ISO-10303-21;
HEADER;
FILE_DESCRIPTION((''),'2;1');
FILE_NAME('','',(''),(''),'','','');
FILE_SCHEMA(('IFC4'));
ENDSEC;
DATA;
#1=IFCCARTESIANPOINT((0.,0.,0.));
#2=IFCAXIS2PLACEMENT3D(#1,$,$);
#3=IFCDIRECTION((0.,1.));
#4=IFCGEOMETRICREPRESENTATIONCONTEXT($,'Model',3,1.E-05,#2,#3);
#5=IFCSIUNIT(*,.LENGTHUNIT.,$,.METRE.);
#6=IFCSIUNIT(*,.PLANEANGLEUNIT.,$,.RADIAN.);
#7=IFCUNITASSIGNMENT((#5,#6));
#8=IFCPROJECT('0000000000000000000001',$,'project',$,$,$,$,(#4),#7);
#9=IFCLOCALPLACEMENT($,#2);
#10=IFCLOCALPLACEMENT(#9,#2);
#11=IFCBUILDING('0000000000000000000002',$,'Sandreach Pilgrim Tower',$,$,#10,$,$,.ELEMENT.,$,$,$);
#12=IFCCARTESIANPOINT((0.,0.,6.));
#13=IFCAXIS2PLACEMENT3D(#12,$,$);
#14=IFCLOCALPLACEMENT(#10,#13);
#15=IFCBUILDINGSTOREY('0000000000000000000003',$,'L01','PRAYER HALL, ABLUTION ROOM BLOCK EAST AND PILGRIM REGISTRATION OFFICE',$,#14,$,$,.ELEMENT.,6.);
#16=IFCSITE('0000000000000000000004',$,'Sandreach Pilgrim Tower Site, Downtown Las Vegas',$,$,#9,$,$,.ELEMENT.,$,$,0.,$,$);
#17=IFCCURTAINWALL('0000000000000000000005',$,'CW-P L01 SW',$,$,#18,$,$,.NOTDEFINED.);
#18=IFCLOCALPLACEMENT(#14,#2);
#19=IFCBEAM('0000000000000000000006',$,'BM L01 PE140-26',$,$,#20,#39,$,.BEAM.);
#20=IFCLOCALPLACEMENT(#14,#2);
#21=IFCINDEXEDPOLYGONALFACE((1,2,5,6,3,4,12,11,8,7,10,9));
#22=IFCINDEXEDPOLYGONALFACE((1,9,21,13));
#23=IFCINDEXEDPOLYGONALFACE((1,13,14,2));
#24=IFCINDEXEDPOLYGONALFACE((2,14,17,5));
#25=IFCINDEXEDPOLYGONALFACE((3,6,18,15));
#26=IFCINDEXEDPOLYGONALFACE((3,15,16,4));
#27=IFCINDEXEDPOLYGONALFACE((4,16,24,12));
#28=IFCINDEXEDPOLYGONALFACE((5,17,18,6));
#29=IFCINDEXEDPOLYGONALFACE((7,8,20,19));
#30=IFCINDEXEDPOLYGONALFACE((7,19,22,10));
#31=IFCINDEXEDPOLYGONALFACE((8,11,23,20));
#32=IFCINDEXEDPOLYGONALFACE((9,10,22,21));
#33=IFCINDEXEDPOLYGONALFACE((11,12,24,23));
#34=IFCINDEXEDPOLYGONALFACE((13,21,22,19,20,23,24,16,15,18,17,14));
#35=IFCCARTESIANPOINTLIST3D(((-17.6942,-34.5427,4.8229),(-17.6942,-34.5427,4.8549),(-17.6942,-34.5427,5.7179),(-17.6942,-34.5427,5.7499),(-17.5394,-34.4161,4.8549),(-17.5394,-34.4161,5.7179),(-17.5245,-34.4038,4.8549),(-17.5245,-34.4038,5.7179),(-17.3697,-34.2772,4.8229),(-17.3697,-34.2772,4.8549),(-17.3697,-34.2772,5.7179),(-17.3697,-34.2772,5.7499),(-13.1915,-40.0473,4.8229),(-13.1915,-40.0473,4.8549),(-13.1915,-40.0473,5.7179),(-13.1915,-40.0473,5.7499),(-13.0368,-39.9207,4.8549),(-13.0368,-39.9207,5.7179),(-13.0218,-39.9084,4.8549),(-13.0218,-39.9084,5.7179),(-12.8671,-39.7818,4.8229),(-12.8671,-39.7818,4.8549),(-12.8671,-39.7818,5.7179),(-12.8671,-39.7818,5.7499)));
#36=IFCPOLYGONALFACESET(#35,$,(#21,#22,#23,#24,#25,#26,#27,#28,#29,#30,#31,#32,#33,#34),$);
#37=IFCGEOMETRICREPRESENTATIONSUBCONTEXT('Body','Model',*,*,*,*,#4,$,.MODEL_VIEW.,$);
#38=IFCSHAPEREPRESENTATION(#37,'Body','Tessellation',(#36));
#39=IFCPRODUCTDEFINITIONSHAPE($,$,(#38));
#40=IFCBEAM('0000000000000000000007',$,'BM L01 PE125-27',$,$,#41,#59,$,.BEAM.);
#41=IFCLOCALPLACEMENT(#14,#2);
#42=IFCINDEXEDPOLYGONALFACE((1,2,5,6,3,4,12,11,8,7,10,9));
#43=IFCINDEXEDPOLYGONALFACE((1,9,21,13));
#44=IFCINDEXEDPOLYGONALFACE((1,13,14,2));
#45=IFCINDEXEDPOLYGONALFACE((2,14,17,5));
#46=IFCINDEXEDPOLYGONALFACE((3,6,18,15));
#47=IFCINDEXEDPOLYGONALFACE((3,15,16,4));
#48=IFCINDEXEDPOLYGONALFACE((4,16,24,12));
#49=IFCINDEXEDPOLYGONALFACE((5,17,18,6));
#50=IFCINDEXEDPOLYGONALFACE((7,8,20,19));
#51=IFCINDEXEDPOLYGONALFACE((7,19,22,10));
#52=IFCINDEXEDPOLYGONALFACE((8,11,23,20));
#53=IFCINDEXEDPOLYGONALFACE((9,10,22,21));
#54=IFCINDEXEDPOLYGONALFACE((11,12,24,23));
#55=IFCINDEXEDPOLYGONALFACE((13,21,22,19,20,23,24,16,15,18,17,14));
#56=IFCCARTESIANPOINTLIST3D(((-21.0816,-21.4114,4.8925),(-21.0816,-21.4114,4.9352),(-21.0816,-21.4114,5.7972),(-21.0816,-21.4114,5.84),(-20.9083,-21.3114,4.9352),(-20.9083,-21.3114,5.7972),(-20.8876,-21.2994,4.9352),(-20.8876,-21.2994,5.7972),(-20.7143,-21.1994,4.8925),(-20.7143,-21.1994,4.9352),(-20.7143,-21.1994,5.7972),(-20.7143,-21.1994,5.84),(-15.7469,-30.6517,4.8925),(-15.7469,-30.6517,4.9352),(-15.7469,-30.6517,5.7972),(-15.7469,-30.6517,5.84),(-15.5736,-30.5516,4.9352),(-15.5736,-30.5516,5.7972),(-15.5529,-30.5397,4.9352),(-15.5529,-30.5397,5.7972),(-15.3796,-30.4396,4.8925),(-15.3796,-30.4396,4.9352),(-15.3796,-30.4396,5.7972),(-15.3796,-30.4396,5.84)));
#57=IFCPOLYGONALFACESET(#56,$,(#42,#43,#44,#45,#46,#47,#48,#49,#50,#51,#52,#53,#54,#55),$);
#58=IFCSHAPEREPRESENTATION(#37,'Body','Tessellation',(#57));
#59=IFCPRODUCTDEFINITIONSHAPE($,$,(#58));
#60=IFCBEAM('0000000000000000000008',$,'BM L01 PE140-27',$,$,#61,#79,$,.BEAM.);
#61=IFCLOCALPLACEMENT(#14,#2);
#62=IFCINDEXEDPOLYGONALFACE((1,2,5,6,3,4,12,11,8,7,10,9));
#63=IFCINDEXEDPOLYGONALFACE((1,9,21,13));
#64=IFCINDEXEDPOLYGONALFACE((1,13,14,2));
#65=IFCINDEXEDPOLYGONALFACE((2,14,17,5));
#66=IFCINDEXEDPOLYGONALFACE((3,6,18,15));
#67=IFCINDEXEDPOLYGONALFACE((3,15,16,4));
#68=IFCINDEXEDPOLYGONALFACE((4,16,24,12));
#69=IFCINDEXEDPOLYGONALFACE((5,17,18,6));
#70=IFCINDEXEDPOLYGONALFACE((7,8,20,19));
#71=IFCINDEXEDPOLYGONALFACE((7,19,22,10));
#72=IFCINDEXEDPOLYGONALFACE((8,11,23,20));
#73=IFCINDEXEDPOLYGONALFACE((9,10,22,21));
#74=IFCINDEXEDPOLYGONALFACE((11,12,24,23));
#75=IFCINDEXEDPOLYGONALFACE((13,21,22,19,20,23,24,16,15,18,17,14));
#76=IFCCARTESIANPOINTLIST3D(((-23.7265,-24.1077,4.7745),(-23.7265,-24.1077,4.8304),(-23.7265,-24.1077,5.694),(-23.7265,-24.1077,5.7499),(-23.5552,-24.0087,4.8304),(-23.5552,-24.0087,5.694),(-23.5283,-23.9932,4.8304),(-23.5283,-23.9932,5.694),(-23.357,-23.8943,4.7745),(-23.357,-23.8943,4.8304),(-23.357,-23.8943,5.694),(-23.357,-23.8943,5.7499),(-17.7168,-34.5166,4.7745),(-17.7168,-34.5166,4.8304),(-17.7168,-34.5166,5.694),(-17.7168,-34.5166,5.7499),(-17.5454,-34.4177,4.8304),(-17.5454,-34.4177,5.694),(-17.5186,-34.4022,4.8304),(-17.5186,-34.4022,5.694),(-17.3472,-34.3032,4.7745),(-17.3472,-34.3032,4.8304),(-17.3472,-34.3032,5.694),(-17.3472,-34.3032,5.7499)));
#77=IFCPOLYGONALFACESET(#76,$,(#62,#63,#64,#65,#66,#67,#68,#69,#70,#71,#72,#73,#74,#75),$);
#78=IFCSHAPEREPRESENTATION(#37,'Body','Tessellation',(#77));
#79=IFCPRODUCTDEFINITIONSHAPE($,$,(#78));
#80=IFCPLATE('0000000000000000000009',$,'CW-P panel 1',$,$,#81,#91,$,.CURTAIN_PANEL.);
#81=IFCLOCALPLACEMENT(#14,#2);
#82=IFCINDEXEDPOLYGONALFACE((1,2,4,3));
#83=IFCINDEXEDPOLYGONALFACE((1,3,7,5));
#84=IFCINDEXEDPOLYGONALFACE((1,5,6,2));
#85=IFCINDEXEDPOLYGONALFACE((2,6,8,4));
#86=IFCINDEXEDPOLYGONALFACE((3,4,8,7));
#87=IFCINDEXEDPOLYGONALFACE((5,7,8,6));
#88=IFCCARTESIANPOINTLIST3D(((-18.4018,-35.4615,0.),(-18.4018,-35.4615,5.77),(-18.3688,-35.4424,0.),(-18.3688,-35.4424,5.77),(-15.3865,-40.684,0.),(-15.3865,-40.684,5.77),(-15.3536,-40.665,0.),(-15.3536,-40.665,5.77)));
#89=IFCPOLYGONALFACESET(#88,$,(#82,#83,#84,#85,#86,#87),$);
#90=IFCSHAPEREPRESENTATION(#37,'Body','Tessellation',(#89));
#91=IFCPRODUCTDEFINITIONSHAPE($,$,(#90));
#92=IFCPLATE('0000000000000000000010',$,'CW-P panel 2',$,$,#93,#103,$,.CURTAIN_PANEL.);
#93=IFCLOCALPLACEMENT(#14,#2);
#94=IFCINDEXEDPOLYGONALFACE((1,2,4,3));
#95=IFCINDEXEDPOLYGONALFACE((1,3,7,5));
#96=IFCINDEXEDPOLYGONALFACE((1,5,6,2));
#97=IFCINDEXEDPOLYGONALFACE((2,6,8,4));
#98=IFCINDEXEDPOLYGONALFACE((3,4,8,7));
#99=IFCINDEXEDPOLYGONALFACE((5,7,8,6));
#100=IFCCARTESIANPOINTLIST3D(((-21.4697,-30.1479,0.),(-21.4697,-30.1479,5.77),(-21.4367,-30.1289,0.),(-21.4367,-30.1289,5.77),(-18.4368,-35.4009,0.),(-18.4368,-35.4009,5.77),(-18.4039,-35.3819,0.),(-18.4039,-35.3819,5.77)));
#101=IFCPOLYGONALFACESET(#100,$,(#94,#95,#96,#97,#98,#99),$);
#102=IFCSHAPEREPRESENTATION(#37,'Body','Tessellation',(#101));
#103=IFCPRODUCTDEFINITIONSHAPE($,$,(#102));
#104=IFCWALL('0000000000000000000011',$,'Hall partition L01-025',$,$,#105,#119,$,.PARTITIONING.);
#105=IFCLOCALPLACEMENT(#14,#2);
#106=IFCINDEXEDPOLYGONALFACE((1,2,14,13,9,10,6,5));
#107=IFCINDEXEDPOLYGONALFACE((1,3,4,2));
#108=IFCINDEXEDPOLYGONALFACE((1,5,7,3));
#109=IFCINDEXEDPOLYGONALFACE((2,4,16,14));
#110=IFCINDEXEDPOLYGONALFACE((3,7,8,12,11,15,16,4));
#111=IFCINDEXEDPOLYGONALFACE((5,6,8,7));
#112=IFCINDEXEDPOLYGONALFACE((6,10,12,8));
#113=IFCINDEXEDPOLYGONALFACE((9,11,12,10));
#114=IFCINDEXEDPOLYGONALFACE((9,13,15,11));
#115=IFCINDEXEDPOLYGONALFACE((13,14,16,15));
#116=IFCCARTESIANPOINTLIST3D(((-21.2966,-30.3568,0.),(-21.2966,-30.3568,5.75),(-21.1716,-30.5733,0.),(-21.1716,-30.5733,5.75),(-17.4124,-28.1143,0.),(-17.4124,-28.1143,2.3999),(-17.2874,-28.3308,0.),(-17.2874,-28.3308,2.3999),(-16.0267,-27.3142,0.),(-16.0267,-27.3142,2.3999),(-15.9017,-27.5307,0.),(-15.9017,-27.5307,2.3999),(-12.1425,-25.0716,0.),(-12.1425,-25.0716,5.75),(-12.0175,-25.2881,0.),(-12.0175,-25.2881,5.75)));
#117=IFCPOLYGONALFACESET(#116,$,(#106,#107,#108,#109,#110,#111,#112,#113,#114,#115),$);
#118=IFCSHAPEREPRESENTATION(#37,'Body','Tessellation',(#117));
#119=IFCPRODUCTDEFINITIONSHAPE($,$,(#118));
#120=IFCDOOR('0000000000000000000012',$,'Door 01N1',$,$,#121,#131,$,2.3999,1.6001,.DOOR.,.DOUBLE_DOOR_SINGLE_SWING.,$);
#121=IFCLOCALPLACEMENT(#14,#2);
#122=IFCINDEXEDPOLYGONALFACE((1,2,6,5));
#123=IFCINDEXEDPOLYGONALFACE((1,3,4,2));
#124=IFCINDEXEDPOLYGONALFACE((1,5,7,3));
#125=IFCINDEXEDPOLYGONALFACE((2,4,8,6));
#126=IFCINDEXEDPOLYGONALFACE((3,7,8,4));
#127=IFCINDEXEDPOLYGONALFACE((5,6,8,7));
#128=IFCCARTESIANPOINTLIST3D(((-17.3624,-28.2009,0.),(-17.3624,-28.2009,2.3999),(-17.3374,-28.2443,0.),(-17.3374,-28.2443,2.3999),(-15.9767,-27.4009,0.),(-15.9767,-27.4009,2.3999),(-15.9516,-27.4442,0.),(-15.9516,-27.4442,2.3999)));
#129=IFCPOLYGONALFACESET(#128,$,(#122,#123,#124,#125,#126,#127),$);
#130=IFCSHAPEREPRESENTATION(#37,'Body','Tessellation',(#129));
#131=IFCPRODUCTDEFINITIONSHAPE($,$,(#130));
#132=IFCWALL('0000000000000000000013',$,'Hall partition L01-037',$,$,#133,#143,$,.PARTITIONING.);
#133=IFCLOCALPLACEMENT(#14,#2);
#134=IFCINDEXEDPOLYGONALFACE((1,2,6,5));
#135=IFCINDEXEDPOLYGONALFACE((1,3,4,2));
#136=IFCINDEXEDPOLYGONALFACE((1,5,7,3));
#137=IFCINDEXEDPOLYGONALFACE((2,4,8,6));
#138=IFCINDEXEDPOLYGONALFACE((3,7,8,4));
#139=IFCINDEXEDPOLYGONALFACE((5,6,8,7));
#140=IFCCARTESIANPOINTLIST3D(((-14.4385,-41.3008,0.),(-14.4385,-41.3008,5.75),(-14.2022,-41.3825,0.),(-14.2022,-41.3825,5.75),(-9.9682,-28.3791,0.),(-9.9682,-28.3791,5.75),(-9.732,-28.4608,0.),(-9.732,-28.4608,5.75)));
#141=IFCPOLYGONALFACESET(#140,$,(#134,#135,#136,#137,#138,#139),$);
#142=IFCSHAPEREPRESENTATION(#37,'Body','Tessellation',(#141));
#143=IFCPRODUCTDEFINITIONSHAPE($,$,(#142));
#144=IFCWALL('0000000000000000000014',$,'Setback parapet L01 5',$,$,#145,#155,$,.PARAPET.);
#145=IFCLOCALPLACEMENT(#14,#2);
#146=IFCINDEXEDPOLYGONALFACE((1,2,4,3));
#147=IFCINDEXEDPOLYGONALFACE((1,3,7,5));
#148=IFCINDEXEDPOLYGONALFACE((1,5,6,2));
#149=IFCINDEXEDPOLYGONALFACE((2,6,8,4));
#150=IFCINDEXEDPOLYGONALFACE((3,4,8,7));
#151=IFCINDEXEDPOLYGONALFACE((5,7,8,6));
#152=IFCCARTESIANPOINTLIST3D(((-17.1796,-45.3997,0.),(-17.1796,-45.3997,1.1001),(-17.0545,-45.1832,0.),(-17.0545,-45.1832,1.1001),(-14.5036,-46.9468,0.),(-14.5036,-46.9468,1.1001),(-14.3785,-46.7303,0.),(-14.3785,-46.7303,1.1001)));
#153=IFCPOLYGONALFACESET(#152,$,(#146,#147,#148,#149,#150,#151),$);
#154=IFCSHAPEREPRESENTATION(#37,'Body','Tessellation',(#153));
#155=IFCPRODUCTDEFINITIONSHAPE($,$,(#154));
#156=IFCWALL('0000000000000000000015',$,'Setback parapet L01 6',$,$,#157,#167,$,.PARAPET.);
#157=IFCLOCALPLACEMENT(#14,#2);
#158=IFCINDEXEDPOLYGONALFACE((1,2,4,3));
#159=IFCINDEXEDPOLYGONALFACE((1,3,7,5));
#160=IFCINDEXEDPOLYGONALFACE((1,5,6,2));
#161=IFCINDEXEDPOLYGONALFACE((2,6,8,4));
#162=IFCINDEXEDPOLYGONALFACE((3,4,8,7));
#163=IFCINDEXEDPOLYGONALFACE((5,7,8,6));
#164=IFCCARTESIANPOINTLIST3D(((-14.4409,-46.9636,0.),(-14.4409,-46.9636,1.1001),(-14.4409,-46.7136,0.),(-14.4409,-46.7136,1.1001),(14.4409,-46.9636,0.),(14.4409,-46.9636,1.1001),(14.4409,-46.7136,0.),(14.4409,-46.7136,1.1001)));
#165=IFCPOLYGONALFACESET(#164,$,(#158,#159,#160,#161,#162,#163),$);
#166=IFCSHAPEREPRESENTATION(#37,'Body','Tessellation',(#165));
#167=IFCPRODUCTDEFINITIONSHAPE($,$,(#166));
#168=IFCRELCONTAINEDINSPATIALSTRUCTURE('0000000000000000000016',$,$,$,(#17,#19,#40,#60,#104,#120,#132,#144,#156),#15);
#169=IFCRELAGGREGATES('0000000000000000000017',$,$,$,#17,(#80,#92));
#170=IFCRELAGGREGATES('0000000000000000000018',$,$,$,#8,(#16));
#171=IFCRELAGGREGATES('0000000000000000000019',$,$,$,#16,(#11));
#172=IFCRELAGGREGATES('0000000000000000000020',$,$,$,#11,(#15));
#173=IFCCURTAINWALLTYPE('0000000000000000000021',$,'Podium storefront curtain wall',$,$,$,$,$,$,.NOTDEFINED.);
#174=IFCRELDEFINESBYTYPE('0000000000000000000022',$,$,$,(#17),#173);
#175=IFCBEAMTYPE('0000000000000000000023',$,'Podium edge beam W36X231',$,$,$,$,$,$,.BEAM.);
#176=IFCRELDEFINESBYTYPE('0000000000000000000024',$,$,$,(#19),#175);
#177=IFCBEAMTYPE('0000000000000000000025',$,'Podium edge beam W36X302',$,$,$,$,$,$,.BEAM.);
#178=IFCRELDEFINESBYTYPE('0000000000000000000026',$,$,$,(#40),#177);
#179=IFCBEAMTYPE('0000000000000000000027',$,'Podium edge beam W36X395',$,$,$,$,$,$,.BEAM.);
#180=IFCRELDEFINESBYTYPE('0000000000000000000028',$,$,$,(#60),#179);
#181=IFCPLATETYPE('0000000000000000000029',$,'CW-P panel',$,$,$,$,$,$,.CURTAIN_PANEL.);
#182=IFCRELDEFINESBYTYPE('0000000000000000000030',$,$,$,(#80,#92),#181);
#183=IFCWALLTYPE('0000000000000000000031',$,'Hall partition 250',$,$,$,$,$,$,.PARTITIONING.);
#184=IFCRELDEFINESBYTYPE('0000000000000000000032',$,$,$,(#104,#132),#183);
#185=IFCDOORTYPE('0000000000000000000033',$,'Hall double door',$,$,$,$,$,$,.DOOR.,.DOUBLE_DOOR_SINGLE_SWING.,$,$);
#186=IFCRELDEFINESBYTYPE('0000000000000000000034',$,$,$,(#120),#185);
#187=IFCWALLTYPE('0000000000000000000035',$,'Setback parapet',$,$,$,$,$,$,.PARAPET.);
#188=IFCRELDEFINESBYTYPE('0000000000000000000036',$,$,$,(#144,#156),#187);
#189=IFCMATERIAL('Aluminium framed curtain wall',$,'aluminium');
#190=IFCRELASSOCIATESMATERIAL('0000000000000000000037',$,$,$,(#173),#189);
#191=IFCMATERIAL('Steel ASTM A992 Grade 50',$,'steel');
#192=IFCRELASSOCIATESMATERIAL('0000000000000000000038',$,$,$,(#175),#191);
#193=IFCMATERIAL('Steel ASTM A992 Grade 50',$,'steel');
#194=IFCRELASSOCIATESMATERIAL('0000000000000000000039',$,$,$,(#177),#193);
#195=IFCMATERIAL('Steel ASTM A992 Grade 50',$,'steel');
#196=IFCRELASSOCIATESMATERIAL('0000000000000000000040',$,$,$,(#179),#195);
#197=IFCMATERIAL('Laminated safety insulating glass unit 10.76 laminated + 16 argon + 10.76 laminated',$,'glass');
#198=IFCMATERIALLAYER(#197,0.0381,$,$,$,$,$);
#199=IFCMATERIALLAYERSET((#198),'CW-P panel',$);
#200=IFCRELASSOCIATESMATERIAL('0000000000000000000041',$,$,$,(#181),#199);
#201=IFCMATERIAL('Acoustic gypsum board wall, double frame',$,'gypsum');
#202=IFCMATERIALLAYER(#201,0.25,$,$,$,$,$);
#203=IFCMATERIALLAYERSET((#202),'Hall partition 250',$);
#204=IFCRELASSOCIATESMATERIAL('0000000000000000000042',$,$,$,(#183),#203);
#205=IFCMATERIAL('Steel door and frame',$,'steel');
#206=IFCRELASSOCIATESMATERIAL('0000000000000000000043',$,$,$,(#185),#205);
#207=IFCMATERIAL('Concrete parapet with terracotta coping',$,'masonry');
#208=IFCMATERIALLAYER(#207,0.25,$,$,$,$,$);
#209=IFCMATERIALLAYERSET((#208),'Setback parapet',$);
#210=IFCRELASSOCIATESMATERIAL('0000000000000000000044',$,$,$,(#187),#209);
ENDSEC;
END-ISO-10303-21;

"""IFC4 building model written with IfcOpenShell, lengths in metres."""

from ifc_helpers import new_model, si_unit, direction, frame, frame_2d, origin, origin_2d, place, context, subcontext, project, spatial, rectangle, i_section, extrude, material, layer, layer_set, material_profile, profile_set, type_object, element, fill, aggregate, save


model = new_model("IFC4")

# Units and contexts
model_context = context("Model", 3, precision=1e-05, world=origin(), true_north=direction((0.0, 1.0)))
body_context = subcontext(model_context, "Body", "Model", "MODEL_VIEW")
ifc_project = project(units=[si_unit("LENGTHUNIT", "METRE"), si_unit("PLANEANGLEUNIT", "RADIAN")], contexts=[model_context])

# Site, building, storey
site_placement = place(None, origin())
site = spatial("IfcSite", under=ifc_project, at=site_placement, Name="Sandreach Pilgrim Tower Site, Downtown Las Vegas", CompositionType="ELEMENT", RefElevation=0.0)
building_placement = place(site_placement, origin())
building = spatial("IfcBuilding", under=site, at=building_placement, Name="Sandreach Pilgrim Tower", CompositionType="ELEMENT")
storey_placement = place(building_placement, frame((0.0, 0.0, 6.0)))
storey = spatial("IfcBuildingStorey", under=building, at=storey_placement, Name="L01", Description="PRAYER HALL, ABLUTION ROOM BLOCK EAST AND PILGRIM REGISTRATION OFFICE", CompositionType="ELEMENT", Elevation=6.0)

# Shared definitions
ifc_material_1 = material(Name="Aluminium framed curtain wall", Category="aluminium")
curtain_wall_type = type_object("IfcCurtainWallType", Name="Podium storefront curtain wall", PredefinedType="NOTDEFINED", material=ifc_material_1)

# Curtain wall
curtain_wall_1_placement = place(storey_placement, origin())
curtain_wall_1 = element("IfcCurtainWall", 1, at=curtain_wall_1_placement, inside=storey, type_object=curtain_wall_type, Name="CW-P L01 SW", PredefinedType="NOTDEFINED")

# Beams
ifc_material_2 = material(Name="Steel ASTM A992 Grade 50", Category="steel")
ifc_material_profile_1 = material_profile(ifc_material_2, i_section(OverallWidth=0.4192, OverallDepth=0.927, WebThickness=0.0193, FlangeThickness=0.032, at=origin_2d()), Name="W36X231")
ifc_profile_set_1 = profile_set([ifc_material_profile_1], Name="Steel ASTM A992 Grade 50")
beam_type_1 = type_object("IfcBeamType", Name="Podium edge beam W36X231", PredefinedType="BEAM", material=ifc_profile_set_1)
beam_1_placement = place(storey_placement, frame((-13.0293, -39.9146, 5.2864), z_axis=(-0.633144, 0.774034, 0.0), x_axis=(-0.774034, -0.633144, 0.0)))
element("IfcBeam", 2, at=beam_1_placement, inside=storey, type_object=beam_type_1, Name="BM L01 PE140-26", PredefinedType="BEAM", context=body_context, shape_type="SweptSolid", body=[
    extrude(i_section(OverallWidth=0.4192, OverallDepth=0.927, WebThickness=0.0193, FlangeThickness=0.032, at=origin_2d()), origin(), (0.0, 0.0, 1.0), 7.1116),
])
ifc_material_3 = material(Name="Steel ASTM A992 Grade 50", Category="steel")
ifc_material_profile_2 = material_profile(ifc_material_3, i_section(OverallWidth=0.4241, OverallDepth=0.9475, WebThickness=0.0239, FlangeThickness=0.0427, at=origin_2d()), Name="W36X302")
ifc_profile_set_2 = profile_set([ifc_material_profile_2], Name="Steel ASTM A992 Grade 50")
beam_type_2 = type_object("IfcBeamType", Name="Podium edge beam W36X302", PredefinedType="BEAM", material=ifc_profile_set_2)
beam_2_placement = place(storey_placement, frame((-15.5632, -30.5457, 5.3662), z_axis=(-0.499991, 0.866031, 0.0), x_axis=(-0.866031, -0.499991, 0.0)))
element("IfcBeam", 3, at=beam_2_placement, inside=storey, type_object=beam_type_2, Name="BM L01 PE125-27", PredefinedType="BEAM", context=body_context, shape_type="SweptSolid", body=[
    extrude(i_section(OverallWidth=0.4241, OverallDepth=0.9475, WebThickness=0.0239, FlangeThickness=0.0427, at=origin_2d()), origin(), (0.0, 0.0, 1.0), 10.6697),
])
ifc_material_4 = material(Name="Steel ASTM A992 Grade 50", Category="steel")
ifc_material_profile_3 = material_profile(ifc_material_4, i_section(OverallWidth=0.4268, OverallDepth=0.9753, WebThickness=0.031, FlangeThickness=0.0559, at=origin_2d()), Name="W36X395")
ifc_profile_set_3 = profile_set([ifc_material_profile_3], Name="Steel ASTM A992 Grade 50")
beam_type_3 = type_object("IfcBeamType", Name="Podium edge beam W36X395", PredefinedType="BEAM", material=ifc_profile_set_3)
beam_3_placement = place(storey_placement, frame((-17.532, -34.4099, 5.2622), z_axis=(-0.50001, 0.866019, 0.0), x_axis=(-0.866019, -0.50001, 0.0)))
element("IfcBeam", 4, at=beam_3_placement, inside=storey, type_object=beam_type_3, Name="BM L01 PE140-27", PredefinedType="BEAM", context=body_context, shape_type="SweptSolid", body=[
    extrude(i_section(OverallWidth=0.4268, OverallDepth=0.9753, WebThickness=0.031, FlangeThickness=0.0559, at=origin_2d()), origin(), (0.0, 0.0, 1.0), 12.0193),
])

# Plates
ifc_material_5 = material(Name="Laminated safety insulating glass unit 10.76 laminated + 16 argon + 10.76 laminated", Category="glass")
ifc_layer_1 = layer(ifc_material_5, 0.0381)
ifc_layer_set_1 = layer_set([ifc_layer_1], Name="CW-P panel")
plate_type = type_object("IfcPlateType", Name="CW-P panel", PredefinedType="CURTAIN_PANEL", material=ifc_layer_set_1)
plate_1_placement = place(storey_placement, frame((-16.8777, -38.0632, 0.0), z_axis=(0.0, 0.0, 1.0), x_axis=(-0.5, 0.866025, 0.0)))
plate_1 = element("IfcPlate", 5, at=plate_1_placement, type_object=plate_type, Name="CW-P panel 1", PredefinedType="CURTAIN_PANEL", context=body_context, shape_type="SweptSolid", body=[
    extrude(rectangle(XDim=6.0305, YDim=0.0381, at=origin_2d()), origin(), (0.0, 0.0, 1.0), 5.77),
])
plate_2_placement = place(storey_placement, frame((-19.9368, -32.7649, 0.0), z_axis=(0.0, 0.0, 1.0), x_axis=(-0.5, 0.866025, 0.0)))
plate_2 = element("IfcPlate", 6, at=plate_2_placement, type_object=plate_type, Name="CW-P panel 2", PredefinedType="CURTAIN_PANEL", context=body_context, shape_type="SweptSolid", body=[
    extrude(rectangle(XDim=6.0657, YDim=0.0381, at=origin_2d()), origin(), (0.0, 0.0, 1.0), 5.77),
])
aggregate(curtain_wall_1, [plate_1, plate_2])

# Wall, opening, door
ifc_material_6 = material(Name="Acoustic gypsum board wall, double frame", Category="gypsum")
ifc_layer_2 = layer(ifc_material_6, 0.25)
ifc_layer_set_2 = layer_set([ifc_layer_2], Name="Hall partition 250")
wall_type_1 = type_object("IfcWallType", Name="Hall partition 250", PredefinedType="PARTITIONING", material=ifc_layer_set_2)
wall_1_placement = place(storey_placement, frame((-21.2341, -30.4651, 0.0), z_axis=(0.0, 0.0, 1.0), x_axis=(0.866023, 0.500004, 0.0)))
wall_1 = element("IfcWall", 7, at=wall_1_placement, inside=storey, type_object=wall_type_1, Name="Hall partition L01-025", PredefinedType="PARTITIONING", context=body_context, shape_type="SweptSolid", body=[
    extrude(rectangle(XDim=10.5703, YDim=0.25, at=frame_2d((5.2852, 0.0))), origin(), (0.0, 0.0, 1.0), 5.75),
])
opening_placement = place(wall_1_placement, frame((4.4851, 0.0, 0.0)))
opening = element("IfcOpeningElement", 8, at=opening_placement, cuts=wall_1, PredefinedType="OPENING", context=body_context, shape_type="SweptSolid", body=[
    extrude(rectangle(XDim=1.6001, YDim=2.3999, at=frame_2d((0.8, 1.2))), frame((0.0, 0.125, 0.0), z_axis=(0.0, -1.0, 0.0), x_axis=(1.0, 0.0, 0.0)), (0.0, 0.0, 1.0), 0.25),
])
ifc_material_7 = material(Name="Steel door and frame", Category="steel")
door_type = type_object("IfcDoorType", Name="Hall double door", OperationType="DOUBLE_DOOR_SINGLE_SWING", PredefinedType="DOOR", material=ifc_material_7)
door_placement = place(opening_placement, origin())
door = element("IfcDoor", 9, at=door_placement, inside=storey, type_object=door_type, Name="Door 01N1", OperationType="DOUBLE_DOOR_SINGLE_SWING", OverallHeight=2.3999, OverallWidth=1.6001, PredefinedType="DOOR", context=body_context, shape_type="SweptSolid", body=[
    extrude(rectangle(XDim=1.6001, YDim=2.3999, at=frame_2d((0.8, 1.2))), frame((0.0, 0.0249, 0.0), z_axis=(0.0, -1.0, 0.0), x_axis=(1.0, 0.0, 0.0)), (0.0, 0.0, 1.0), 0.05),
])
fill(opening, door)

# Walls
wall_2_placement = place(storey_placement, frame((-14.3203, -41.3416, 0.0), z_axis=(0.0, 0.0, 1.0), x_axis=(0.326937, 0.945046, 0.0)))
element("IfcWall", 10, at=wall_2_placement, inside=storey, type_object=wall_type_1, Name="Hall partition L01-037", PredefinedType="PARTITIONING", context=body_context, shape_type="SweptSolid", body=[
    extrude(rectangle(XDim=13.6731, YDim=0.25, at=frame_2d((6.8364, 0.0))), origin(), (0.0, 0.0, 1.0), 5.75),
])
ifc_material_8 = material(Name="Concrete parapet with terracotta coping", Category="masonry")
ifc_layer_3 = layer(ifc_material_8, 0.25)
ifc_layer_set_3 = layer_set([ifc_layer_3], Name="Setback parapet")
wall_type_2 = type_object("IfcWallType", Name="Setback parapet", PredefinedType="PARAPET", material=ifc_layer_set_3)
wall_3_placement = place(storey_placement, frame((-17.1169, -45.2915, 0.0), z_axis=(0.0, 0.0, 1.0), x_axis=(0.865729, -0.500513, 0.0)))
element("IfcWall", 11, at=wall_3_placement, inside=storey, type_object=wall_type_2, Name="Setback parapet L01 5", PredefinedType="PARAPET", context=body_context, shape_type="SweptSolid", body=[
    extrude(rectangle(XDim=3.0911, YDim=0.25, at=frame_2d((1.5454, 0.0))), origin(), (0.0, 0.0, 1.0), 1.1001),
])
wall_4_placement = place(storey_placement, frame((-14.4409, -46.8386, 0.0), z_axis=(0.0, 0.0, 1.0), x_axis=(1.0, 0.0, 0.0)))
element("IfcWall", 12, at=wall_4_placement, inside=storey, type_object=wall_type_2, Name="Setback parapet L01 6", PredefinedType="PARAPET", context=body_context, shape_type="SweptSolid", body=[
    extrude(rectangle(XDim=28.8818, YDim=0.25, at=frame_2d((14.4409, 0.0))), origin(), (0.0, 0.0, 1.0), 1.1001),
])

save(model, "model.ifc")
